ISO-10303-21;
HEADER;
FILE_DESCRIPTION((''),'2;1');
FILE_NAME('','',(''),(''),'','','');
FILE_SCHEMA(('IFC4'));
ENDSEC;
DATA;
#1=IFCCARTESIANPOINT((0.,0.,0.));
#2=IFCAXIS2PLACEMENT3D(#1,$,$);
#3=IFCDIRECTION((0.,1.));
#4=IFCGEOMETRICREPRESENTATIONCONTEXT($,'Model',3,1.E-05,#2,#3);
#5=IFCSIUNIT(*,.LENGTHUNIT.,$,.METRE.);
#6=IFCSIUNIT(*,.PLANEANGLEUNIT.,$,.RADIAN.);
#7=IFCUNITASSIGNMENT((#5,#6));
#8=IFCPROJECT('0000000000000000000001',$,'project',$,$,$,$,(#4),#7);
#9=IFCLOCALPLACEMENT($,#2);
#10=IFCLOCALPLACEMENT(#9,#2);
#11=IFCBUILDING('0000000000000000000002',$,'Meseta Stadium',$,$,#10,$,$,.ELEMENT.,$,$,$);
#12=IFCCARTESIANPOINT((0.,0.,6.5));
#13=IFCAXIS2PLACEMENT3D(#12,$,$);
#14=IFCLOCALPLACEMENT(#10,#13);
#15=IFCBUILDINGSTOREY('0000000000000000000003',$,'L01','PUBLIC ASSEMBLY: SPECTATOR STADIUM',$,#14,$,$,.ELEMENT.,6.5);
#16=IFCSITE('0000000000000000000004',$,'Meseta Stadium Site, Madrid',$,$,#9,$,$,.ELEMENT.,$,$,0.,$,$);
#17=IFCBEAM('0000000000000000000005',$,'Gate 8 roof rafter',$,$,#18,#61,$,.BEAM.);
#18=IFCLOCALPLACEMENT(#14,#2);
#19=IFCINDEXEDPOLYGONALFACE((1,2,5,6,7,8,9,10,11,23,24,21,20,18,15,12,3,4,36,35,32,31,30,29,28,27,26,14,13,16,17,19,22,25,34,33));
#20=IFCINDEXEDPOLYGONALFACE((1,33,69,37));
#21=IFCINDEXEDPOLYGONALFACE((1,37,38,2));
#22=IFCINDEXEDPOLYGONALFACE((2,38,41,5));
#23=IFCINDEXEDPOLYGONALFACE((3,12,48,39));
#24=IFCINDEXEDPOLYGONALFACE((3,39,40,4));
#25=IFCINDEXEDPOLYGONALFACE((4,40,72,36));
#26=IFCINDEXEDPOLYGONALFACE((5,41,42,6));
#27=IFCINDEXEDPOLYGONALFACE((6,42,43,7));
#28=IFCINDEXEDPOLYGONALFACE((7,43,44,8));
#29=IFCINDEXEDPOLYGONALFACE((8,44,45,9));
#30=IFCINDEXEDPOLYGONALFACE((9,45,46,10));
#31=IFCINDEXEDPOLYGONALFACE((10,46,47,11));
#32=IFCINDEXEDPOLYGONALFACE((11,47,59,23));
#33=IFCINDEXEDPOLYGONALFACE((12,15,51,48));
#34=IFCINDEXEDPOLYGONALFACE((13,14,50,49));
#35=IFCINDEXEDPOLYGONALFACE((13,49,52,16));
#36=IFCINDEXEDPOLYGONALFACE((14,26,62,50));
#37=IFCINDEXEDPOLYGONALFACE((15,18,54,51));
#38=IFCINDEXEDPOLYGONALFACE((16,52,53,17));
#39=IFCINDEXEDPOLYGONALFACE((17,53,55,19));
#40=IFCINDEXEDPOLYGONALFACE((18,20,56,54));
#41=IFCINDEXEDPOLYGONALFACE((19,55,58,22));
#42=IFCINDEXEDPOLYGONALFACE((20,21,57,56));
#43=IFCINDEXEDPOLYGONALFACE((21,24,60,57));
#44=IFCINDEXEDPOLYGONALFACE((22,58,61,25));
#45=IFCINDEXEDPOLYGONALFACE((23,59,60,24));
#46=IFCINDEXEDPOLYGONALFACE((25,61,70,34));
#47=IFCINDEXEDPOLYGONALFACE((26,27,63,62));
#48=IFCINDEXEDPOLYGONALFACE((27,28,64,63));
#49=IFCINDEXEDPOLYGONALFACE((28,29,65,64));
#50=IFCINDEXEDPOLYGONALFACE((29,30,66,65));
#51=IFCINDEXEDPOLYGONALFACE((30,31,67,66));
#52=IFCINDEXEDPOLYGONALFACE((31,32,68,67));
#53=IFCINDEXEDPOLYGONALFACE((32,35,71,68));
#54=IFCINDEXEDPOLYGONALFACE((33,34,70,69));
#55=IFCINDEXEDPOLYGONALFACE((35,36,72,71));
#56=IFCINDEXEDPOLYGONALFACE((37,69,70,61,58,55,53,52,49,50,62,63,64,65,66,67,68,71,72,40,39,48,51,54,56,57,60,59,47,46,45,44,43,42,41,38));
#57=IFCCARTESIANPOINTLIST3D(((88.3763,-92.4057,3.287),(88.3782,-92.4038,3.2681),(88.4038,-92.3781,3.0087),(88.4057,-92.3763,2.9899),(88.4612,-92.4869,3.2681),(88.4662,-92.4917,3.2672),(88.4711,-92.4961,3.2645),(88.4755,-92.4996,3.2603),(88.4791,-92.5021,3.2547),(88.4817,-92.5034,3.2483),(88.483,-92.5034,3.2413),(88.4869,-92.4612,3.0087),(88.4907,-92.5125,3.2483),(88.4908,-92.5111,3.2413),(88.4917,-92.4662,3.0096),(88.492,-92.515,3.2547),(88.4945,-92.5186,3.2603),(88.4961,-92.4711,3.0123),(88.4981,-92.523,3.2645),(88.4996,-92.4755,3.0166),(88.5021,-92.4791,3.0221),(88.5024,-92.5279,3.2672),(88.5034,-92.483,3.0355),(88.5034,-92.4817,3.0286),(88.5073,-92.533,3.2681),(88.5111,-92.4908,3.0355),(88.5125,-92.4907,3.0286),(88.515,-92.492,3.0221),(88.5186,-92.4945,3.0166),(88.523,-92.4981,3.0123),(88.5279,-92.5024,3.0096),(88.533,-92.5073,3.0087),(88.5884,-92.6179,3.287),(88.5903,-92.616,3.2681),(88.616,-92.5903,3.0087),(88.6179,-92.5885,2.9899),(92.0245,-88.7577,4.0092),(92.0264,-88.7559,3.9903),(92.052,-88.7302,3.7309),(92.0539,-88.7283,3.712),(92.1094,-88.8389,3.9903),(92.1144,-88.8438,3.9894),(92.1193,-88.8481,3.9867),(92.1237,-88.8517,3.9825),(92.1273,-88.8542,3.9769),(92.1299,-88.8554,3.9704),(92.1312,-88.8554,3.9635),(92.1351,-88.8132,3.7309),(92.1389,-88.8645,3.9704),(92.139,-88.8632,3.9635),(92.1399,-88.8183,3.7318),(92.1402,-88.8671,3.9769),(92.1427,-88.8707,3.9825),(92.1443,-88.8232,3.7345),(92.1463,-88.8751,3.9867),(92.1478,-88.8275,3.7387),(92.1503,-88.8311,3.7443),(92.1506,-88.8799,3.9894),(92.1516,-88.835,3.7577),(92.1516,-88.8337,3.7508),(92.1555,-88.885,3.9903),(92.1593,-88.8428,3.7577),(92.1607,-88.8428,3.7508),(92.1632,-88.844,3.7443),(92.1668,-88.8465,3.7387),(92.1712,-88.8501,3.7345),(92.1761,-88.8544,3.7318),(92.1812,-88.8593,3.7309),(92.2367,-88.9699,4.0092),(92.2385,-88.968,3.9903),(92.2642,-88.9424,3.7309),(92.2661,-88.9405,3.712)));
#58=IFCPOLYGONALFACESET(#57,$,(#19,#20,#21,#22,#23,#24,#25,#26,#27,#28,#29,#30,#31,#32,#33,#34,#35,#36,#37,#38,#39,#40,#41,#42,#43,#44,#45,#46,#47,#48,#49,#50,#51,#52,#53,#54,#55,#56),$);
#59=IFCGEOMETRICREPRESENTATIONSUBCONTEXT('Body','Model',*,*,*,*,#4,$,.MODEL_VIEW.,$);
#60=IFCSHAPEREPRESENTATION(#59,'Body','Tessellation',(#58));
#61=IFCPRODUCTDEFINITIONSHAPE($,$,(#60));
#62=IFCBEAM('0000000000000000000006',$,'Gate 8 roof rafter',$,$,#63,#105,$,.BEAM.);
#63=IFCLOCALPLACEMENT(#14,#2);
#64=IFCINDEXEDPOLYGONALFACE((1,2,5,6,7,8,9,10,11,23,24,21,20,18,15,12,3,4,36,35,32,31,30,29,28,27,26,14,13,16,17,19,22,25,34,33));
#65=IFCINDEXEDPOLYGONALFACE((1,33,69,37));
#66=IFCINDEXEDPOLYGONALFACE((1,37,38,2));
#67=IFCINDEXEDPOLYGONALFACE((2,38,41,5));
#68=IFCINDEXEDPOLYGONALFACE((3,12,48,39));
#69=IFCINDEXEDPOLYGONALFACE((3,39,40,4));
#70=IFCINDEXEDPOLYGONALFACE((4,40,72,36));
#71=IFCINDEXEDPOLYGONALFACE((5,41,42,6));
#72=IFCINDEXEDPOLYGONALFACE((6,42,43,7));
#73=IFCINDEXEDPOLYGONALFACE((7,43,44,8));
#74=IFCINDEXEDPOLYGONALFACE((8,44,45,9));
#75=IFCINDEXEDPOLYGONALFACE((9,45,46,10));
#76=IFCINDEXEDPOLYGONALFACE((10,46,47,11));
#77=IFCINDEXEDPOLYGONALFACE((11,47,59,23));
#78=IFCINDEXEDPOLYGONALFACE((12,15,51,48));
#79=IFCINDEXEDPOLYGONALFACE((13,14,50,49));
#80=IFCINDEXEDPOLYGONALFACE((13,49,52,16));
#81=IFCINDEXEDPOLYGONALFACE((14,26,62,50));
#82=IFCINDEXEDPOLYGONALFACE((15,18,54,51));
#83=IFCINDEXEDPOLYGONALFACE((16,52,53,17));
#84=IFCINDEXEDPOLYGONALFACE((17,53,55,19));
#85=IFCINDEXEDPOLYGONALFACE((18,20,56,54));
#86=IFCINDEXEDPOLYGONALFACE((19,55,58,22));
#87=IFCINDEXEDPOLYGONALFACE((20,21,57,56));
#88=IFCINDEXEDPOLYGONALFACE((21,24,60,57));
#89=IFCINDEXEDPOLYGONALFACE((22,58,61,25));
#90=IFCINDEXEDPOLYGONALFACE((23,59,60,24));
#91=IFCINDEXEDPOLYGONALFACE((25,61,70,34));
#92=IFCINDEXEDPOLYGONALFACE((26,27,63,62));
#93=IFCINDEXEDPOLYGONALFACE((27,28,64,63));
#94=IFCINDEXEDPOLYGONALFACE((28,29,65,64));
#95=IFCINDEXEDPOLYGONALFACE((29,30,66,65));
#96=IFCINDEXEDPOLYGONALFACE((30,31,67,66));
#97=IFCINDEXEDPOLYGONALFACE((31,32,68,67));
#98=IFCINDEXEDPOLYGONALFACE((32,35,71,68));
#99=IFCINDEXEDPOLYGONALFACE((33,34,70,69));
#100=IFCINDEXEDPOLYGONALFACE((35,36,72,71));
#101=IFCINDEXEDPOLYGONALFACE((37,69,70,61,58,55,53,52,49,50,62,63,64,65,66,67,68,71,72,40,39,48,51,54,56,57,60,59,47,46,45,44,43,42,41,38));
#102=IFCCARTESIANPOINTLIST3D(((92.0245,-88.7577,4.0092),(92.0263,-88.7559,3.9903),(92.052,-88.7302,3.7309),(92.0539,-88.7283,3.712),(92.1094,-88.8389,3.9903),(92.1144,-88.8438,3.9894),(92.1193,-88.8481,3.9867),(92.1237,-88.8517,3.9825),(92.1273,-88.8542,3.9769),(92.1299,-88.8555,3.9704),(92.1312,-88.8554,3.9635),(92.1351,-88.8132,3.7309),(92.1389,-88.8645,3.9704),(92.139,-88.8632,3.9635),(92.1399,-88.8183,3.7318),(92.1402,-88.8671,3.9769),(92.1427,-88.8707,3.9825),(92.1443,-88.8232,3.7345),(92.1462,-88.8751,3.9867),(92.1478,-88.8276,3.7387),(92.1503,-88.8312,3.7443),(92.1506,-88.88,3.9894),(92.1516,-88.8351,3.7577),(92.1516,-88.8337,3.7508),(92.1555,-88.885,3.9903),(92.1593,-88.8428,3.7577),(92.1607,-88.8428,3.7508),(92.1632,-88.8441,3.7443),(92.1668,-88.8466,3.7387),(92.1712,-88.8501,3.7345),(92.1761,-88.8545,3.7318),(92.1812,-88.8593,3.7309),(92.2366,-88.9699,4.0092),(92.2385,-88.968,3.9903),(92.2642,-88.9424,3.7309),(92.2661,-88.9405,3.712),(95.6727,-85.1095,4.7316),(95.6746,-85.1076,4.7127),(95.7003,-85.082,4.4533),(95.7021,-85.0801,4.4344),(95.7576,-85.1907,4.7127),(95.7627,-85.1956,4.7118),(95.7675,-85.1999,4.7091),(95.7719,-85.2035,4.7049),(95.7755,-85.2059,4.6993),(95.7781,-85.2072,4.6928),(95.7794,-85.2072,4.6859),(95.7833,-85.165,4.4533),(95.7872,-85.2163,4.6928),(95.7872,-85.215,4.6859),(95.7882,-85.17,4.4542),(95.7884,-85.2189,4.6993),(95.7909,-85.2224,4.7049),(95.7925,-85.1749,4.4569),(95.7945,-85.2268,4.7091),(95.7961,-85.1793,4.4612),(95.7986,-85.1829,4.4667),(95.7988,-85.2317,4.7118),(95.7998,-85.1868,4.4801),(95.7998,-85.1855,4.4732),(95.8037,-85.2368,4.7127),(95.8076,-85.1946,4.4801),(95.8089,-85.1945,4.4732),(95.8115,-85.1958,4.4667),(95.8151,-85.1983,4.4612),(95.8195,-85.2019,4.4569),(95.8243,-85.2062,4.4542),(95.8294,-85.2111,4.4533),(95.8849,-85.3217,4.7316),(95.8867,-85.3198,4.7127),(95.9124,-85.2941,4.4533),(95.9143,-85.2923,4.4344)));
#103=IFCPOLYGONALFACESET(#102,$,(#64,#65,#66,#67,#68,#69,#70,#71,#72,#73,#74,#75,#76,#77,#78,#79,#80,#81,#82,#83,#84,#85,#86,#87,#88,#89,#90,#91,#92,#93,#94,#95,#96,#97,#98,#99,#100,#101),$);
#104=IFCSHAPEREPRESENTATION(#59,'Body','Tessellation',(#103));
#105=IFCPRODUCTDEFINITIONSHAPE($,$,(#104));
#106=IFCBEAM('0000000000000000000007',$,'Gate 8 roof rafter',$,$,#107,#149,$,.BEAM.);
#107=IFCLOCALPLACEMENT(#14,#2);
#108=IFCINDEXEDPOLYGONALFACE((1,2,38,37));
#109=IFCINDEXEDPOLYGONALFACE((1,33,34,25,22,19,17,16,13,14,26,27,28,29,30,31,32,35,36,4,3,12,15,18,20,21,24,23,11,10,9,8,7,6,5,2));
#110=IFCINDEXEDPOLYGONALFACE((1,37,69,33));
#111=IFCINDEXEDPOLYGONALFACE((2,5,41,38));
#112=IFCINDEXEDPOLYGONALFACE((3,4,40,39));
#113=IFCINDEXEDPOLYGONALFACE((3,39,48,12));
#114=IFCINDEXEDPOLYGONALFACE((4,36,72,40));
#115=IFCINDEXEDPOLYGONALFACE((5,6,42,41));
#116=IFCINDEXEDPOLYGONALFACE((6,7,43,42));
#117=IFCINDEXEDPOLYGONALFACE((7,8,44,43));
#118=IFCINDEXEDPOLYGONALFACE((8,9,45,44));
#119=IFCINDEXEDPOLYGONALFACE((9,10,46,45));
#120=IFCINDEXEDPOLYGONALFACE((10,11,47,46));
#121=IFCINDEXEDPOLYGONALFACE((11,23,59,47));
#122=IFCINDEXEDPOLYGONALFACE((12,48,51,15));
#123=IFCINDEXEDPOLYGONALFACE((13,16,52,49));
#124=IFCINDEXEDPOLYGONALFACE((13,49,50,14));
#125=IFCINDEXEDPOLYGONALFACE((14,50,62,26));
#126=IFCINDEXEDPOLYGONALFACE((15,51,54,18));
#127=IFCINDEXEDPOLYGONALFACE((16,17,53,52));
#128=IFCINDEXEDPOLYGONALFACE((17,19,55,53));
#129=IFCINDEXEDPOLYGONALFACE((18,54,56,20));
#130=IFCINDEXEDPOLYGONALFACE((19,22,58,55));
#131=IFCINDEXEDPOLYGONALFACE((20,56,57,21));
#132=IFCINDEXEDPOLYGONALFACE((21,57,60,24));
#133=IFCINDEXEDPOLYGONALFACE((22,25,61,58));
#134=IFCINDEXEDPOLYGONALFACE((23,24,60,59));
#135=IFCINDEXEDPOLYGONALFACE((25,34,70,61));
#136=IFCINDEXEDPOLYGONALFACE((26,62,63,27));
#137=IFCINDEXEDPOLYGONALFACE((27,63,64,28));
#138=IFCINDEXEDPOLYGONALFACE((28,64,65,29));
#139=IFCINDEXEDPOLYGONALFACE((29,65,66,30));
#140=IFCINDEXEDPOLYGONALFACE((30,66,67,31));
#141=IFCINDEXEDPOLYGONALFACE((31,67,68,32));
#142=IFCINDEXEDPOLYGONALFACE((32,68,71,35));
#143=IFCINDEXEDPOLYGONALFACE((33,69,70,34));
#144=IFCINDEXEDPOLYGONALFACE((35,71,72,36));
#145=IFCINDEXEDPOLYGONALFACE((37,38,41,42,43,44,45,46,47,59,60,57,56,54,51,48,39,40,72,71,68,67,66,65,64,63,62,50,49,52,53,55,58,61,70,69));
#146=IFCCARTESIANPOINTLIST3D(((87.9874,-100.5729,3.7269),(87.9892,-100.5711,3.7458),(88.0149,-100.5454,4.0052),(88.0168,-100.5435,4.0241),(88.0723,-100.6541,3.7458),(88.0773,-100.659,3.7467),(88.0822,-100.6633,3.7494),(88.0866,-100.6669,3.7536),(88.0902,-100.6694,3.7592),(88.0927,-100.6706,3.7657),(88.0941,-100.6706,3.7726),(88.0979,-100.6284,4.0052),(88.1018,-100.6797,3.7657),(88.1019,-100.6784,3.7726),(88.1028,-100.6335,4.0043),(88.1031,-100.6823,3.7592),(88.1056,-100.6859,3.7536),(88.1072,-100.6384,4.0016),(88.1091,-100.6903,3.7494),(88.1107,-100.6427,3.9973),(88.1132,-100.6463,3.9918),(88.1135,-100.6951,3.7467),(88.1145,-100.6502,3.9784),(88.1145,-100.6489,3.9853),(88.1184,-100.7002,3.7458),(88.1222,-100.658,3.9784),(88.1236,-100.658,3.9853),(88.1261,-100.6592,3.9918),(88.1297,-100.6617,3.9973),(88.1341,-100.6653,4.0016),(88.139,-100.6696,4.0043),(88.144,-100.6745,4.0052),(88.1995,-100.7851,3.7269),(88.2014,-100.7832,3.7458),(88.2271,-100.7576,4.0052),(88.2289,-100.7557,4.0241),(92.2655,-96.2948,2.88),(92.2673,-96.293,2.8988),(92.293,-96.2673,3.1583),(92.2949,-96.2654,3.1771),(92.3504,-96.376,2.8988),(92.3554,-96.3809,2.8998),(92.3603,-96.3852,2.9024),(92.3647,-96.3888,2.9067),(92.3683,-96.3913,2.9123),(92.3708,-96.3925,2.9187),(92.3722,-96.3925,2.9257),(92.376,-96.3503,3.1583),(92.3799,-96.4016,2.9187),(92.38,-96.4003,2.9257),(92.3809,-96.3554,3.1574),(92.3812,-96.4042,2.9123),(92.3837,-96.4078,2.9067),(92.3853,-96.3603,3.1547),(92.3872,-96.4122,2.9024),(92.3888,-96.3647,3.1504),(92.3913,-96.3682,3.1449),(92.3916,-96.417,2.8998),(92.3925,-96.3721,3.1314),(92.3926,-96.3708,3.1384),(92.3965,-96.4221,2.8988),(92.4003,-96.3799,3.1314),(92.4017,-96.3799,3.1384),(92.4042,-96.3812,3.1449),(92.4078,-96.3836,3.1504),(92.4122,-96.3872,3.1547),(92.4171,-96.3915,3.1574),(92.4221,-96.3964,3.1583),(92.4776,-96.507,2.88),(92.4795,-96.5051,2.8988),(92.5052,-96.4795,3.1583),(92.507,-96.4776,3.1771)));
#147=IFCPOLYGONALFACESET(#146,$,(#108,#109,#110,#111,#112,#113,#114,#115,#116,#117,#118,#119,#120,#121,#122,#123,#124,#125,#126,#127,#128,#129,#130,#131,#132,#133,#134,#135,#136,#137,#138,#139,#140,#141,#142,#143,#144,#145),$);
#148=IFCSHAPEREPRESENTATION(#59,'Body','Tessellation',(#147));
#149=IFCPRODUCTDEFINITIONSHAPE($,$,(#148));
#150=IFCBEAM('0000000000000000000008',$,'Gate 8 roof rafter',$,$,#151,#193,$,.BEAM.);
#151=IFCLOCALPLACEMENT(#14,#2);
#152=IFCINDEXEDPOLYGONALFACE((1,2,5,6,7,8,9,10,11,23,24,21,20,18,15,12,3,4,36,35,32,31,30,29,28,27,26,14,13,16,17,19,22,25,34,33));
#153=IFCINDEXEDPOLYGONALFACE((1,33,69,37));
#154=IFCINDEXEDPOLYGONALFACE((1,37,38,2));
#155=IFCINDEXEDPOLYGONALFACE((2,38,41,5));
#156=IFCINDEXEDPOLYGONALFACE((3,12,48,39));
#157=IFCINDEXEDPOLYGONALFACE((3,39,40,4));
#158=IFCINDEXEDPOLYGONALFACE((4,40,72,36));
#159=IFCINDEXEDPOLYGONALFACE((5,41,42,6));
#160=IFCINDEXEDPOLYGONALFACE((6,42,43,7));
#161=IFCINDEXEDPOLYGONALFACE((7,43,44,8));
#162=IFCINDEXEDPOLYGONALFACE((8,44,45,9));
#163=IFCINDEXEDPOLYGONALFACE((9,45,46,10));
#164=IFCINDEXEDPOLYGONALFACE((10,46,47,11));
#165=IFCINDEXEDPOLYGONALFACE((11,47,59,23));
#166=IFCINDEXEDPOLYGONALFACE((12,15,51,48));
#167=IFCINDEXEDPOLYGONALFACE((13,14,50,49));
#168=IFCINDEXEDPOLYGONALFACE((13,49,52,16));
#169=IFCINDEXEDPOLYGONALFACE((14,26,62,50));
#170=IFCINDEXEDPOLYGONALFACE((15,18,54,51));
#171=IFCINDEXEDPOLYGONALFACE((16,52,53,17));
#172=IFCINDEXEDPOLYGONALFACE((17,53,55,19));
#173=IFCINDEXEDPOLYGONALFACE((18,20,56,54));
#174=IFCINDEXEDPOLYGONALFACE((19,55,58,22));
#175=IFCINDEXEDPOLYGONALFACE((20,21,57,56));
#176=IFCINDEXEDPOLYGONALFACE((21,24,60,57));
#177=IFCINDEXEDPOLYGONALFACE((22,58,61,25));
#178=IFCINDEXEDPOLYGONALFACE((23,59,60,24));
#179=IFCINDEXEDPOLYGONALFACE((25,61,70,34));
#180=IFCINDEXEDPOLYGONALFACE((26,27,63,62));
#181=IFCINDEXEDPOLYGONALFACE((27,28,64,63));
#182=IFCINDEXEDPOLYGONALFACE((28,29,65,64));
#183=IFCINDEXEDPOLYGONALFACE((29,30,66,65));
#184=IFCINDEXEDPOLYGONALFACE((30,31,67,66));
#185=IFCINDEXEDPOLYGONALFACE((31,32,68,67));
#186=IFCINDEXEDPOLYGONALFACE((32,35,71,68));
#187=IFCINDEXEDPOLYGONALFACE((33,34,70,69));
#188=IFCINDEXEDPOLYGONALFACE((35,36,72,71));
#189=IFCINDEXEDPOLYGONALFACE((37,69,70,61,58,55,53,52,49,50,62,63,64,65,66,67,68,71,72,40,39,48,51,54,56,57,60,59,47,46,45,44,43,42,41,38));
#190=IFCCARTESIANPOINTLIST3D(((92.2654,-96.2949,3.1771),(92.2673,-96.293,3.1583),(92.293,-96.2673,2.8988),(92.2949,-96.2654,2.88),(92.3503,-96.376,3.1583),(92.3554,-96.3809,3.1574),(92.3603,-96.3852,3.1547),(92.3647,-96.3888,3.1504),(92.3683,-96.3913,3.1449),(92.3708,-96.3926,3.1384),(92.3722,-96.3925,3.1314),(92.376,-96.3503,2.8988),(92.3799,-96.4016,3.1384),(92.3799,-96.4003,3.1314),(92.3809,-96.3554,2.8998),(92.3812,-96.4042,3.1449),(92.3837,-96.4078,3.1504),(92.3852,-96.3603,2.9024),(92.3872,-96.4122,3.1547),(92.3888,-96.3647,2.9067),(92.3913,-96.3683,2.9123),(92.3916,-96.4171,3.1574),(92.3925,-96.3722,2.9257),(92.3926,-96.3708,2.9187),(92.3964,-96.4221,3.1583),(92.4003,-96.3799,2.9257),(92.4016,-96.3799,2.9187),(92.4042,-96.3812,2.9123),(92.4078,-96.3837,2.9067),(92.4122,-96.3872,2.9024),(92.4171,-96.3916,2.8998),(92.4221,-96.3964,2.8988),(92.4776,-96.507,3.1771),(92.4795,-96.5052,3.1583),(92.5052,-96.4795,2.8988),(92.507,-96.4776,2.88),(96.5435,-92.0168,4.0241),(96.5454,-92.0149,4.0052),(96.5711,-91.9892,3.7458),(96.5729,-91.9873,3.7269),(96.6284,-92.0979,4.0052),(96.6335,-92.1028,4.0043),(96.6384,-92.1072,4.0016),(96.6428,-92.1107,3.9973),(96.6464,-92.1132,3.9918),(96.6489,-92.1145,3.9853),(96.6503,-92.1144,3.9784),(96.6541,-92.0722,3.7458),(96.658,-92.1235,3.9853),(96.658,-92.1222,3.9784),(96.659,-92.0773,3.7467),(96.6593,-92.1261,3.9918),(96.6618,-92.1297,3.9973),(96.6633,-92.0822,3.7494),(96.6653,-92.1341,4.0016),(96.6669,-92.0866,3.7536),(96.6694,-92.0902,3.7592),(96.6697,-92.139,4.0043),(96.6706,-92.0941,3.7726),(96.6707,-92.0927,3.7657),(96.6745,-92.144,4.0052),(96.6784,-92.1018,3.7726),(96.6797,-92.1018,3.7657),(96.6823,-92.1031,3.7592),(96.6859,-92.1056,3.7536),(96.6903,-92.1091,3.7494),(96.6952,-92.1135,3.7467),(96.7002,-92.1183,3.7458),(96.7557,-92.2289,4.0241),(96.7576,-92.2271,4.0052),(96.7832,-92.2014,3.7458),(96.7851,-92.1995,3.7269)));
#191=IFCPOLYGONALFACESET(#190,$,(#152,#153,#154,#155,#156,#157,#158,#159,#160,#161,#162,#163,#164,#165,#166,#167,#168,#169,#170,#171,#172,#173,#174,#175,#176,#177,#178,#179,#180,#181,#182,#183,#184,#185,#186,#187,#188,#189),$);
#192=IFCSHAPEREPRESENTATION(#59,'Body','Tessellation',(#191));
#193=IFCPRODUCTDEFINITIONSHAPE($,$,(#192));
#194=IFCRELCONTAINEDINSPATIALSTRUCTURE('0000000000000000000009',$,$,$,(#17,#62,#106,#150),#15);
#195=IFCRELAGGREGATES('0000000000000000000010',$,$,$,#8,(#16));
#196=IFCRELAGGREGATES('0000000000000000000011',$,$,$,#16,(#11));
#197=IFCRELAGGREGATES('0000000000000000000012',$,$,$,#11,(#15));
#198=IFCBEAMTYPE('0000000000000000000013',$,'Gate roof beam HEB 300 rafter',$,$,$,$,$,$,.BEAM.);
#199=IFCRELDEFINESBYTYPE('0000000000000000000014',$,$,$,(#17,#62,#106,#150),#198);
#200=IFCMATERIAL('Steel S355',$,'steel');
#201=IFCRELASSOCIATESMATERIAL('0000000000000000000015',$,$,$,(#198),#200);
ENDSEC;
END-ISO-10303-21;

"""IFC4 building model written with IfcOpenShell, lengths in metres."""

from ifc_helpers import new_model, si_unit, direction, frame, origin, origin_2d, place, context, subcontext, project, spatial, i_section, extrude, material, material_profile, profile_set, type_object, element, save


model = new_model("IFC4")

# Units and contexts
model_context = context("Model", 3, precision=1e-05, world=origin(), true_north=direction((0.0, 1.0)))
body_context = subcontext(model_context, "Body", "Model", "MODEL_VIEW")
ifc_project = project(units=[si_unit("LENGTHUNIT", "METRE"), si_unit("PLANEANGLEUNIT", "RADIAN")], contexts=[model_context])

# Site, building, storey
site_placement = place(None, origin())
site = spatial("IfcSite", under=ifc_project, at=site_placement, Name="Meseta Stadium Site, Madrid", CompositionType="ELEMENT", RefElevation=0.0)
building_placement = place(site_placement, origin())
building = spatial("IfcBuilding", under=site, at=building_placement, Name="Meseta Stadium", CompositionType="ELEMENT")
storey_placement = place(building_placement, frame((0.0, 0.0, 6.5)))
storey = spatial("IfcBuildingStorey", under=building, at=storey_placement, Name="L01", Description="PUBLIC ASSEMBLY: SPECTATOR STADIUM", CompositionType="ELEMENT", Elevation=6.5)

# Beams
ifc_material_1 = material(Name="Steel S355", Category="steel")
ifc_material_profile_1 = material_profile(ifc_material_1, i_section(OverallWidth=0.3, OverallDepth=0.3, WebThickness=0.011, FlangeThickness=0.019, FilletRadius=0.0271, at=origin_2d()), Name="HEB 300")
ifc_profile_set_1 = profile_set([ifc_material_profile_1], Name="Steel S355")
beam_type_1 = type_object("IfcBeamType", Name="Gate roof beam HEB 300 rafter", PredefinedType="BEAM", material=ifc_profile_set_1)
for number, where, z_axis, x_axis, name in (
    (1, (88.4971, -92.4971, 3.1384), (0.700303, 0.700256, 0.138627), (-0.707083, 0.70713, 0.0), "Gate 8 roof rafter"),
):
    element("IfcBeam", number, at=place(storey_placement, frame(where, z_axis=z_axis, x_axis=x_axis)), inside=storey, type_object=beam_type_1, Name=name, PredefinedType="BEAM", context=body_context, shape_type="SweptSolid", body=[
        extrude(i_section(OverallWidth=0.3, OverallDepth=0.3, WebThickness=0.011, FlangeThickness=0.019, FilletRadius=0.0271, at=origin_2d()), origin(), (0.0, 0.0, 1.0), 5.2095),
    ])
beam_1_placement = place(storey_placement, frame((92.1453, -88.8491, 3.8606), z_axis=(0.700275, 0.700275, 0.138668), x_axis=(-0.707107, 0.707107, 0.0)))
element("IfcBeam", 2, at=beam_1_placement, inside=storey, type_object=beam_type_1, Name="Gate 8 roof rafter", PredefinedType="BEAM", context=body_context, shape_type="SweptSolid", body=[
    extrude(i_section(OverallWidth=0.3, OverallDepth=0.3, WebThickness=0.011, FlangeThickness=0.019, FilletRadius=0.0271, at=origin_2d()), origin(), (0.0, 0.0, 1.0), 5.2097),
])
for number, where, z_axis, x_axis, name in (
    (3, (88.1082, -100.6643, 3.8755), (0.700279, 0.700279, -0.138633), (-0.707107, 0.707107, 0.0), "Gate 8 roof rafter"),
    (4, (92.3862, -96.3862, 3.0286), (0.700279, 0.700279, 0.138633), (-0.707107, 0.707107, 0.0), "Gate 8 roof rafter"),
):
    element("IfcBeam", number, at=place(storey_placement, frame(where, z_axis=z_axis, x_axis=x_axis)), inside=storey, type_object=beam_type_1, Name=name, PredefinedType="BEAM", context=body_context, shape_type="SweptSolid", body=[
        extrude(i_section(OverallWidth=0.3, OverallDepth=0.3, WebThickness=0.011, FlangeThickness=0.019, FilletRadius=0.0271, at=origin_2d()), origin(), (0.0, 0.0, 1.0), 6.1091),
    ])

save(model, "model.ifc")
